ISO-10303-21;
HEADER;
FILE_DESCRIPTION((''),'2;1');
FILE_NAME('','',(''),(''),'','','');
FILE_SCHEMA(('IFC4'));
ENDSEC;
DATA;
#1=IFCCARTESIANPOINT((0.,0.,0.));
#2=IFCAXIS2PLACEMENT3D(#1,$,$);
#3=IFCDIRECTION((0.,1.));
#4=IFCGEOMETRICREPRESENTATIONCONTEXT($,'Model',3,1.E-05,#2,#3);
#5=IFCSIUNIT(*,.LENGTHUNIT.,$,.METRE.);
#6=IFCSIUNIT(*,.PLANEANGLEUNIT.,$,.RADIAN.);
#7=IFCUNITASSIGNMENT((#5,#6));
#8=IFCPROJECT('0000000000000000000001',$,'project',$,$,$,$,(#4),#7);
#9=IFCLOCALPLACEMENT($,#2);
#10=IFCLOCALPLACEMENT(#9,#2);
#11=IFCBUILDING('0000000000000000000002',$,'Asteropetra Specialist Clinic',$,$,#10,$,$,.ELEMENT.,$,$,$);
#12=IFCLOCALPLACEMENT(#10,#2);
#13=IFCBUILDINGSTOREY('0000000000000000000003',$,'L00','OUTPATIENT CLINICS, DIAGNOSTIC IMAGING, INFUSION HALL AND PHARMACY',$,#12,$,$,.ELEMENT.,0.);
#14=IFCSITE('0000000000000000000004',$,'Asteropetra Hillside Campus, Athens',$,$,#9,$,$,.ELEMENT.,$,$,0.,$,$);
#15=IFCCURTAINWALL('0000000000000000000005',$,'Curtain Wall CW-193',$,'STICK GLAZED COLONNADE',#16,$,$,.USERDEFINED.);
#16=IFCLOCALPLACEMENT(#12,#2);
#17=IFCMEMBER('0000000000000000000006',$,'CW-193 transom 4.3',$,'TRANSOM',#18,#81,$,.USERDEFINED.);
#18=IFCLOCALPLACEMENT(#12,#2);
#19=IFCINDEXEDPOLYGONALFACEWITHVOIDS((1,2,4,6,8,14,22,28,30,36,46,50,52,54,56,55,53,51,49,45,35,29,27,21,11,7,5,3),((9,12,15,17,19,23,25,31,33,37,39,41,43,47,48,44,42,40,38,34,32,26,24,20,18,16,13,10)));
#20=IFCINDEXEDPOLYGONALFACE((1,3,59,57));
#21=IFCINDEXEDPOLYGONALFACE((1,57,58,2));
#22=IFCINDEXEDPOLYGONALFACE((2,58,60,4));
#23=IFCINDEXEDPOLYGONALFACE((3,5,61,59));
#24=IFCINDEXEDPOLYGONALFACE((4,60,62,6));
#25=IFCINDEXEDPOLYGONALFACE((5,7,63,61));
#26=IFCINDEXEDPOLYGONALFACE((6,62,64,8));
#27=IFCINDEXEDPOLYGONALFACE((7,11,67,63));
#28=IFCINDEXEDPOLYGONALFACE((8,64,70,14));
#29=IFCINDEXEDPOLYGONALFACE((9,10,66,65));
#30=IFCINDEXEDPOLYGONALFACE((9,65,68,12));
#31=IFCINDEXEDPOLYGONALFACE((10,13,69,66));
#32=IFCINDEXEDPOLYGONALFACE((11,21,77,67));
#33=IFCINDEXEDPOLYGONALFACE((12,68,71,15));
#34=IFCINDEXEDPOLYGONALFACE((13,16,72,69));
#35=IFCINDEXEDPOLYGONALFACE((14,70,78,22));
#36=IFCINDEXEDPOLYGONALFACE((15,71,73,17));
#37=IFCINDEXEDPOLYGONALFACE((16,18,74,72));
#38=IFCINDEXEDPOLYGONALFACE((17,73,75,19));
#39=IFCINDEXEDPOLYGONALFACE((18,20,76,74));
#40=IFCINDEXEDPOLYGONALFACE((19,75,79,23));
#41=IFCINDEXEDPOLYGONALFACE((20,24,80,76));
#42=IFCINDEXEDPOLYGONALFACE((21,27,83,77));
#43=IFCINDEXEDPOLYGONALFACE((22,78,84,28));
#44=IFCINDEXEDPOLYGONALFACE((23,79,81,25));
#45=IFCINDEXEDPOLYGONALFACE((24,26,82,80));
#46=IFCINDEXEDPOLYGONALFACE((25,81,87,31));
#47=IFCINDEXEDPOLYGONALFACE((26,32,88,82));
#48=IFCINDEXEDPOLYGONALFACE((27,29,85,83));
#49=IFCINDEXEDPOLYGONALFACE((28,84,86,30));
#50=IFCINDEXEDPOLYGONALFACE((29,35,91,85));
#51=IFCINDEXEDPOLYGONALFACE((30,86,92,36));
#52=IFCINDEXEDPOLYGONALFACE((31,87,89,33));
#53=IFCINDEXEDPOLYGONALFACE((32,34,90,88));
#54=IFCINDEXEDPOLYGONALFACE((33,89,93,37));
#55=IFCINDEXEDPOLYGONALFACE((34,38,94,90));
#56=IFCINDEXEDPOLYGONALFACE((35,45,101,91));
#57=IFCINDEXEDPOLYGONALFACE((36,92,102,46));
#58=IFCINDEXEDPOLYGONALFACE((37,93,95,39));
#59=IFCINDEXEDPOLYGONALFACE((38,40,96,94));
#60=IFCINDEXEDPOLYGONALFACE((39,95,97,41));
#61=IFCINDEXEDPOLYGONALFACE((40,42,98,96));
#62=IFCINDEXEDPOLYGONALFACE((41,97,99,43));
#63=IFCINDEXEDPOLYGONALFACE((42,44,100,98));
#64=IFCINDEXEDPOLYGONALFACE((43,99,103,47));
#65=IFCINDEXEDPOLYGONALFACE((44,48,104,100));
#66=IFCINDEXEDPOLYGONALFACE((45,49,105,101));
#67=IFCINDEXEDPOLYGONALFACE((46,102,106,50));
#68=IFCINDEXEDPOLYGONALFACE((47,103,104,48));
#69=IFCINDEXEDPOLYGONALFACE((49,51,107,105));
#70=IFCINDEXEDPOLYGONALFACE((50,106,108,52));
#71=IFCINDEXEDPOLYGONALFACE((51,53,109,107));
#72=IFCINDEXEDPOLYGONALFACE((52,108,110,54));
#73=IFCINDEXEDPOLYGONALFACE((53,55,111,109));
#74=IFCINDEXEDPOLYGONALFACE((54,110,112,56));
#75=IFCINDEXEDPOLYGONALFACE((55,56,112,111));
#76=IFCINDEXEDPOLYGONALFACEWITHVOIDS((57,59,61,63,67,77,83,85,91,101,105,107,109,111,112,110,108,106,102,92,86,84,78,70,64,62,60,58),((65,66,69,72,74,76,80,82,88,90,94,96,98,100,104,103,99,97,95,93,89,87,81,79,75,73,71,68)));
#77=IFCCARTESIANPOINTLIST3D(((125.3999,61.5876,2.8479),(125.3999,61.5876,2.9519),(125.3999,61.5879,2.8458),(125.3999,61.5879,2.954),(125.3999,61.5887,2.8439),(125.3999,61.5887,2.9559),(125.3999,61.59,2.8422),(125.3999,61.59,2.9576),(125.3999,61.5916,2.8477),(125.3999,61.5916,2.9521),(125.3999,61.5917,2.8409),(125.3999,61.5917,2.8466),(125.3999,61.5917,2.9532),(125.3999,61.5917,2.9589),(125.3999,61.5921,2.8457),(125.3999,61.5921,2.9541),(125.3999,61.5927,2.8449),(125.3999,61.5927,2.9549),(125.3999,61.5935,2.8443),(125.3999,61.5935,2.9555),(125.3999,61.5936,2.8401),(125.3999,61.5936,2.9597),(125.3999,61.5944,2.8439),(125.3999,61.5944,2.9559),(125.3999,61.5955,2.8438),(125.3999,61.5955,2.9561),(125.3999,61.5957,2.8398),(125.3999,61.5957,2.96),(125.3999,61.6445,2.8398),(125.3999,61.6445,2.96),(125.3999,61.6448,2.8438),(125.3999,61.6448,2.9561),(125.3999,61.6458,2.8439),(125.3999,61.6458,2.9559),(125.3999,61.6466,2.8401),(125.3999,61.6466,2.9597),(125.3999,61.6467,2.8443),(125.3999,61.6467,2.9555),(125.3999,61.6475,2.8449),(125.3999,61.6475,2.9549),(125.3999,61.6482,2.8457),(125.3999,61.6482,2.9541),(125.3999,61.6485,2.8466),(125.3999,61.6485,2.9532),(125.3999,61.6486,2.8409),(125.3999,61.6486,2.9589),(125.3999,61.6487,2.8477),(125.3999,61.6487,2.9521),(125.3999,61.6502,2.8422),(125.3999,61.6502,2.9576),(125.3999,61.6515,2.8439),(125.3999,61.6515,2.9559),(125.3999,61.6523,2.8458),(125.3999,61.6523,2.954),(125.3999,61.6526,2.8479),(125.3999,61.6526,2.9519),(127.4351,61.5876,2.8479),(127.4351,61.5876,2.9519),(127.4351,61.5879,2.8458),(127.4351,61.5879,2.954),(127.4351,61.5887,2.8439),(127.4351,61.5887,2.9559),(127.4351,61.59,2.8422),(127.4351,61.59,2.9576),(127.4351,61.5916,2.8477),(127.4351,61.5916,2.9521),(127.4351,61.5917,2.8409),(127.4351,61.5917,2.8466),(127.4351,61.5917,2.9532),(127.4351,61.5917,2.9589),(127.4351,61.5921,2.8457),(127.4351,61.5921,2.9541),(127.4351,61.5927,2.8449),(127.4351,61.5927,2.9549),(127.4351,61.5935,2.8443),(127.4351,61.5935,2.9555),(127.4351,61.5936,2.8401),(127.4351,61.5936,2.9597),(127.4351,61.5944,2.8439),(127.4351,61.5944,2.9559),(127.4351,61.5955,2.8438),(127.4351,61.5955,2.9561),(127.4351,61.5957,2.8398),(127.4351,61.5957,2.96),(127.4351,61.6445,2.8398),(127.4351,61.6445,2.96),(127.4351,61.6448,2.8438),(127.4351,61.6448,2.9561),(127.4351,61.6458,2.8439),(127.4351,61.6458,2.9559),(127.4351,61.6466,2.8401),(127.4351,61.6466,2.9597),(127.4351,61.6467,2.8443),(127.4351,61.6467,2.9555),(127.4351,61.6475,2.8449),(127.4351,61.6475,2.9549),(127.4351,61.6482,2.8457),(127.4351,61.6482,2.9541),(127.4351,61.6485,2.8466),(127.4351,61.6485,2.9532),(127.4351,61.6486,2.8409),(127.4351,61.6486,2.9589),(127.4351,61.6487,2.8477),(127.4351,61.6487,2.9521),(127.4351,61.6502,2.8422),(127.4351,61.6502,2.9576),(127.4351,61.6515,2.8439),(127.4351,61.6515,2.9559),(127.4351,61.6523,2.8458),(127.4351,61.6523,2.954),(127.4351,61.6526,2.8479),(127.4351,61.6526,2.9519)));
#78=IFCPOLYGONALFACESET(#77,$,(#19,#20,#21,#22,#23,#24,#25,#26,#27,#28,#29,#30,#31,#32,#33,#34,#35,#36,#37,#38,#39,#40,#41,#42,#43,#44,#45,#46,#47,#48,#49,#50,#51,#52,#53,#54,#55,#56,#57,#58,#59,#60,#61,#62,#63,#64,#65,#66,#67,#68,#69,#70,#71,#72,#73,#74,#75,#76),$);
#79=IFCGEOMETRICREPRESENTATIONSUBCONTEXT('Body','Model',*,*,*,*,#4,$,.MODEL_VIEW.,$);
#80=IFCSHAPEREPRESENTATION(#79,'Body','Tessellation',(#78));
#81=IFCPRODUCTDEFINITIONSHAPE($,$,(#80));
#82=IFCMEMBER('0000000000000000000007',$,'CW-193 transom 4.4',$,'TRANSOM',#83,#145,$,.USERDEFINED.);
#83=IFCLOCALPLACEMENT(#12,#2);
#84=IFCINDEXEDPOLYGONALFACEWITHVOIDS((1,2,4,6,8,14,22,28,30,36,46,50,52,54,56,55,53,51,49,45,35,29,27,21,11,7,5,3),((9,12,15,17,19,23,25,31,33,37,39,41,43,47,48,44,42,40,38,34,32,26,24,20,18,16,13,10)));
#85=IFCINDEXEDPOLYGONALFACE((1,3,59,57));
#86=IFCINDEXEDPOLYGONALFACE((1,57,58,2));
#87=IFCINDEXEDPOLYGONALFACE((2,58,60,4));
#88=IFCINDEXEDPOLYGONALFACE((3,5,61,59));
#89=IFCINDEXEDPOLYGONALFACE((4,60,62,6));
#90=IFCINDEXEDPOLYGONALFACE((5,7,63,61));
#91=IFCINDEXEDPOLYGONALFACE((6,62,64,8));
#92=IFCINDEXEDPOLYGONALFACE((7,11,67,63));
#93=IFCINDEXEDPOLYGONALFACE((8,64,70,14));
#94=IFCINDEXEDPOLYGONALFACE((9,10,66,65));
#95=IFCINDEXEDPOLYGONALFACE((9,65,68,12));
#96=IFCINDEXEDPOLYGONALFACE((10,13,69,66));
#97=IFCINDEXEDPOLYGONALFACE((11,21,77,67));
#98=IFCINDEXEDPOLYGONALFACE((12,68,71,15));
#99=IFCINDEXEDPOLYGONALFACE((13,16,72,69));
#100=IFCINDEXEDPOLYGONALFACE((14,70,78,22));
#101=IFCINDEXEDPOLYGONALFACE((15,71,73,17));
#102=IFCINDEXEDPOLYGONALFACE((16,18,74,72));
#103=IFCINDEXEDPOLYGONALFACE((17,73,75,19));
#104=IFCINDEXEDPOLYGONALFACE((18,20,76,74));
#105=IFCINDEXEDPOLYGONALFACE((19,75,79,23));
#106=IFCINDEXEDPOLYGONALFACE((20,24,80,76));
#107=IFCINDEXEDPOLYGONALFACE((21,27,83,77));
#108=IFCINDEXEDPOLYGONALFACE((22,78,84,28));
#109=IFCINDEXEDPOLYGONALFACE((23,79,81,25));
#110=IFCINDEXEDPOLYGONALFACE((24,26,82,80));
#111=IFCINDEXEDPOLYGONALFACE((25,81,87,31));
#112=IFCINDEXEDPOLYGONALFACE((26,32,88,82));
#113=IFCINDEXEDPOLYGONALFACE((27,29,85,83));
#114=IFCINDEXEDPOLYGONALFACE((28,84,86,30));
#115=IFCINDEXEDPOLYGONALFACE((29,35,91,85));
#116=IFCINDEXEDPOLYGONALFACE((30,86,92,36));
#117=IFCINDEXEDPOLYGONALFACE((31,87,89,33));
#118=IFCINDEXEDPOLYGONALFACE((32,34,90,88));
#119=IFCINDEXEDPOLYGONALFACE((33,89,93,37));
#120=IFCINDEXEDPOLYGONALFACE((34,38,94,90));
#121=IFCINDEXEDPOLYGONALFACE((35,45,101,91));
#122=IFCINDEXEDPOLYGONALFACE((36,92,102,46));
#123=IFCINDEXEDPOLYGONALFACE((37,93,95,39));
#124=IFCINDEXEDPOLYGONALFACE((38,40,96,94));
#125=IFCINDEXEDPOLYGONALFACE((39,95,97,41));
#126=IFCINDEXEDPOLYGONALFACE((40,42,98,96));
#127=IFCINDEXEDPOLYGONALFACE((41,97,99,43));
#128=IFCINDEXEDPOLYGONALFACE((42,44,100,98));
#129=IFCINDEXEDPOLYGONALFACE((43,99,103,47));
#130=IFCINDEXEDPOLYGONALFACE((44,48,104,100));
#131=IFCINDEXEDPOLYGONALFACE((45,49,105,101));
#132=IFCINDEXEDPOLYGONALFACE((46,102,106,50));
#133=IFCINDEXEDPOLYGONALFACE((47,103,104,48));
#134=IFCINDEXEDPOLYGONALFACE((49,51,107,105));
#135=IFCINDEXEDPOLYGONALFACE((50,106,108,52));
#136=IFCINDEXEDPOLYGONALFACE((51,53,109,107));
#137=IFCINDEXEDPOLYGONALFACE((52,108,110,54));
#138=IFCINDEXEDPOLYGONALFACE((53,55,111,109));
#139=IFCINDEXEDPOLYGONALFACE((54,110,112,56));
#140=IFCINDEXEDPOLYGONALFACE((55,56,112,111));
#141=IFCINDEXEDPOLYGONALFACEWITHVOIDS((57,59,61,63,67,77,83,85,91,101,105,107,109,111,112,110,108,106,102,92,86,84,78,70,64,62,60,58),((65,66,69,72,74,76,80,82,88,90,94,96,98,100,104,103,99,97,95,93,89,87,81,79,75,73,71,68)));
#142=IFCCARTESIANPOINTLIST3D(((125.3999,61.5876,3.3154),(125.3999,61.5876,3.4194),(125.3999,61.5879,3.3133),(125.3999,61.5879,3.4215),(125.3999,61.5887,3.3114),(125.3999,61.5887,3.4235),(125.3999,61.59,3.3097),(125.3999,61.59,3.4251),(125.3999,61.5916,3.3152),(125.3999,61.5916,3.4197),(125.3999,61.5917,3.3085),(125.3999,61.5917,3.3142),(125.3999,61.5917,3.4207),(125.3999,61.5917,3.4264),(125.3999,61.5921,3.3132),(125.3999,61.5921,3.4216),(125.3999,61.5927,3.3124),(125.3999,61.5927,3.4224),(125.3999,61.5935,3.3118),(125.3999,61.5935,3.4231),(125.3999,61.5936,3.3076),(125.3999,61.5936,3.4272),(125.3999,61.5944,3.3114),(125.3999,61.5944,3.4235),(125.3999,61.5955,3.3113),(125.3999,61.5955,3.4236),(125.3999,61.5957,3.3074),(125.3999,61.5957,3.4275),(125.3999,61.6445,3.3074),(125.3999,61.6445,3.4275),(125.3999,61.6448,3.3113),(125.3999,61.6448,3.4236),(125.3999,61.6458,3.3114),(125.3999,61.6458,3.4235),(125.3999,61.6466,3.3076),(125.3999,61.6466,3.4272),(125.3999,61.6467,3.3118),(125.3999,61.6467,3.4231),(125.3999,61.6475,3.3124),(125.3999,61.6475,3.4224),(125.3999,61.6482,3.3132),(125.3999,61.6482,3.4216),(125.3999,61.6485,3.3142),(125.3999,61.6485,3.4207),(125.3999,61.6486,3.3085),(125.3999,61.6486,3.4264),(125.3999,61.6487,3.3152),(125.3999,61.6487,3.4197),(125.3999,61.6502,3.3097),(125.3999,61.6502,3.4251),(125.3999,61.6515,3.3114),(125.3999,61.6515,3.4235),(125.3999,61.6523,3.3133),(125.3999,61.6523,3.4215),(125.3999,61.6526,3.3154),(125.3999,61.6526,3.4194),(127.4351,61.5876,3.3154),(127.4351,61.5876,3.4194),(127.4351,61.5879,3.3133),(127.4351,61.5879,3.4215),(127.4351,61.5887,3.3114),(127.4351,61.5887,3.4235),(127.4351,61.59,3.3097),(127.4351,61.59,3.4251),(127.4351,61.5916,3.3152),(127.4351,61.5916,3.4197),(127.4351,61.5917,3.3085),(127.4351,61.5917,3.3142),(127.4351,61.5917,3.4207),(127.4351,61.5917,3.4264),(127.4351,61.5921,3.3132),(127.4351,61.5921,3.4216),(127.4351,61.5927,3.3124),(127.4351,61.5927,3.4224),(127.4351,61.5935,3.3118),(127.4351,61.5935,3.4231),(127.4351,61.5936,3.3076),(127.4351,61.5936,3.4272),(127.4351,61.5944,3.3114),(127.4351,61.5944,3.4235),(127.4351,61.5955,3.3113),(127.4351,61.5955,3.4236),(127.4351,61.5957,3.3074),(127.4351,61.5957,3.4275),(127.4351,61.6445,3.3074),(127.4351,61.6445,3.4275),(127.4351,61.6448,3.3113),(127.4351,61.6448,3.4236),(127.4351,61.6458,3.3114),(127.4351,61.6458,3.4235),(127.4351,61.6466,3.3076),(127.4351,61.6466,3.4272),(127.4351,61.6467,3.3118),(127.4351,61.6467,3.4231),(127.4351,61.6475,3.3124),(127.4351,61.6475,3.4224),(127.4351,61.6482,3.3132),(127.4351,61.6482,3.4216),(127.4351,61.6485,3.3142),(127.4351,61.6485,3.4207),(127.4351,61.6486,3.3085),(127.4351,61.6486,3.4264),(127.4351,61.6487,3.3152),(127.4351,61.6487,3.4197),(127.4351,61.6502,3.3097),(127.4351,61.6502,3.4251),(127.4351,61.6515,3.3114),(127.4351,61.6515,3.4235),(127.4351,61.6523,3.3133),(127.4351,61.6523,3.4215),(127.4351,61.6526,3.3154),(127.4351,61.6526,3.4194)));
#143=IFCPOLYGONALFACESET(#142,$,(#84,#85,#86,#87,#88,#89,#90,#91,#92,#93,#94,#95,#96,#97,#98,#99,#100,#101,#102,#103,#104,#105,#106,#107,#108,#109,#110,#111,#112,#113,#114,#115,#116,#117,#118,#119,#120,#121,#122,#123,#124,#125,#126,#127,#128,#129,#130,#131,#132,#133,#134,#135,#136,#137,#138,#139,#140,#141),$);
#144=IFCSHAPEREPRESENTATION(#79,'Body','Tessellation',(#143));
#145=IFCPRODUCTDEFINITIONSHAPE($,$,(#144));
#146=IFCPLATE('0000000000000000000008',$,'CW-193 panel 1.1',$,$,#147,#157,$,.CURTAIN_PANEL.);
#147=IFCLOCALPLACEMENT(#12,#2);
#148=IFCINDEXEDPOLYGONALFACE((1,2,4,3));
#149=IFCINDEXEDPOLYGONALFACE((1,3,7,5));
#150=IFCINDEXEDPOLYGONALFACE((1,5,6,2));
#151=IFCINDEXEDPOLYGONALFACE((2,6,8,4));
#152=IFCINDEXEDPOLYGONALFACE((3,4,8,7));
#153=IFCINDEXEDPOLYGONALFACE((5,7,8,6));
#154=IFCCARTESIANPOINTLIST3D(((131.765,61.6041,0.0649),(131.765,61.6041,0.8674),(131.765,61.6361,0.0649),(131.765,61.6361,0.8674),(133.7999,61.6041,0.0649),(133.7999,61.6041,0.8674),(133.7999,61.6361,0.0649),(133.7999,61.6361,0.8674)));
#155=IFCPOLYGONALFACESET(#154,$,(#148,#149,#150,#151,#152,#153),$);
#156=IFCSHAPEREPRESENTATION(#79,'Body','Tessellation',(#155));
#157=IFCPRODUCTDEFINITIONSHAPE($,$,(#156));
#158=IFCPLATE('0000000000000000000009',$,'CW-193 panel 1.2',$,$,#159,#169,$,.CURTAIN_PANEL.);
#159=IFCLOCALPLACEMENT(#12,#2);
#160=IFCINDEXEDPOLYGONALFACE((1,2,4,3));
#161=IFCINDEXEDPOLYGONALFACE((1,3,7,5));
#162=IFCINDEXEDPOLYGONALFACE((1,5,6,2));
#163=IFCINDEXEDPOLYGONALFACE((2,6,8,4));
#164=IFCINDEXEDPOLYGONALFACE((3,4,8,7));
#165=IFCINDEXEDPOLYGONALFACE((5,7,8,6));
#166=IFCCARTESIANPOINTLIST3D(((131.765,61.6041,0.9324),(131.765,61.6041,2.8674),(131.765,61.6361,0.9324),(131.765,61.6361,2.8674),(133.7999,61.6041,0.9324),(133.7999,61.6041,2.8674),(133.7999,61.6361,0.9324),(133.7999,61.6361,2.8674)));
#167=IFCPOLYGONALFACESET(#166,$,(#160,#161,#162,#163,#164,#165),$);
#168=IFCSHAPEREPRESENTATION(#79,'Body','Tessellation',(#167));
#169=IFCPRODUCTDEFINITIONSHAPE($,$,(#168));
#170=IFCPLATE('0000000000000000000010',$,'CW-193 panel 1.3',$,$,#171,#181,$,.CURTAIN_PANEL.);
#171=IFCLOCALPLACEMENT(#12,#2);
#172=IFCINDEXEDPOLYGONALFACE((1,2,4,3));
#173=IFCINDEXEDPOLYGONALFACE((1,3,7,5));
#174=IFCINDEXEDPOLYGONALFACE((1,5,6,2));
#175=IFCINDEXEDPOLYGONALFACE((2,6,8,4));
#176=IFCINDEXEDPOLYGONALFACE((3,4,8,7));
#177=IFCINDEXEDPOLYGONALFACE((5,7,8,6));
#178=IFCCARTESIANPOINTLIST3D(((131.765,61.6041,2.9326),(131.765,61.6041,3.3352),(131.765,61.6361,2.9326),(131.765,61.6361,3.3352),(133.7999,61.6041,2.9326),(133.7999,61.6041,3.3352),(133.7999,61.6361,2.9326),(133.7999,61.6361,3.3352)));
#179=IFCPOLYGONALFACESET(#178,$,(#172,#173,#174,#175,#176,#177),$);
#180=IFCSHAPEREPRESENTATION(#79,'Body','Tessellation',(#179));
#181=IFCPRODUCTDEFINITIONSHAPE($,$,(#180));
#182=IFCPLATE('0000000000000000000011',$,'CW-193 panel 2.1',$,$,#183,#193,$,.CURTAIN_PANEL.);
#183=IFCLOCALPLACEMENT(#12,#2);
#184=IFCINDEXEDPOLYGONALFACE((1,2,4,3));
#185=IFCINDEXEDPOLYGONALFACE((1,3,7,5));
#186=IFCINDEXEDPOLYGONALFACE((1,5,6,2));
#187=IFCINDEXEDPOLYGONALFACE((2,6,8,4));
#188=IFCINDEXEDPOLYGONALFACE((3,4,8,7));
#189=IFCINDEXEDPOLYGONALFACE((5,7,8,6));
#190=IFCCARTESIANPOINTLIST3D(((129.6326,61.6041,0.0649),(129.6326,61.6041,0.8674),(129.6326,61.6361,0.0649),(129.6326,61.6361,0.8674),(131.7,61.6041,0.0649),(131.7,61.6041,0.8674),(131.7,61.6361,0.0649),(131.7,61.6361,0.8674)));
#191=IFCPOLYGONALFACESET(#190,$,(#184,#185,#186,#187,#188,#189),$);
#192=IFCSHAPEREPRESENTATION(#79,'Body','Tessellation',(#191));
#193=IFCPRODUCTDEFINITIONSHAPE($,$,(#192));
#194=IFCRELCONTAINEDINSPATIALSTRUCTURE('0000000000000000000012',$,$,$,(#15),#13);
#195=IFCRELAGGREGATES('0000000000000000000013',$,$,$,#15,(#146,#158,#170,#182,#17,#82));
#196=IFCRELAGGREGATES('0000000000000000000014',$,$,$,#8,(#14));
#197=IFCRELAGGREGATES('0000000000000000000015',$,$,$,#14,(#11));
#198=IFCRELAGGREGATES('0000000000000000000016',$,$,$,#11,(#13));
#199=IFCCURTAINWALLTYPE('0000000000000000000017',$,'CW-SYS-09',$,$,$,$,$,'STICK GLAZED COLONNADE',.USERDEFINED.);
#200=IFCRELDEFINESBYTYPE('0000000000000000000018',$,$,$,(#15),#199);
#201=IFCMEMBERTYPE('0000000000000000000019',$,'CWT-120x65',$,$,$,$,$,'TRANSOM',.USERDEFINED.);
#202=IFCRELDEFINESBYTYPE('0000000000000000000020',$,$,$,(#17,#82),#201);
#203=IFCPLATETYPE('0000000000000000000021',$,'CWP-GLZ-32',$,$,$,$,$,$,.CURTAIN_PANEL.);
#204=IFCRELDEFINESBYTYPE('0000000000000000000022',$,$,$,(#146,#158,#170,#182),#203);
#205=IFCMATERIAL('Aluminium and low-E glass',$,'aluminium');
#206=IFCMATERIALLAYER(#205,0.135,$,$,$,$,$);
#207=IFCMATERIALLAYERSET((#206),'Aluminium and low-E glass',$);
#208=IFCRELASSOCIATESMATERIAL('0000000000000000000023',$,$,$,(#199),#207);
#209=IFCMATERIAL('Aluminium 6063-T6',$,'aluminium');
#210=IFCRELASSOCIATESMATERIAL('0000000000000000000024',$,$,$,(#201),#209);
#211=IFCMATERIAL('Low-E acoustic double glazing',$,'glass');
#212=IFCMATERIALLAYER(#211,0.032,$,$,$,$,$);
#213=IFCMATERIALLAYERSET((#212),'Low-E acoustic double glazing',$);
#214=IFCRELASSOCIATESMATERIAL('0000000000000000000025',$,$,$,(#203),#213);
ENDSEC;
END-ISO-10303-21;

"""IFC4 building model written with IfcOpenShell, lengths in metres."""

from ifc_helpers import new_model, si_unit, direction, frame, origin, origin_2d, place, context, subcontext, project, spatial, rectangle, hollow_rectangle, extrude, material, layer, layer_set, material_profile, profile_set, type_object, element, aggregate, save


model = new_model("IFC4")

# Units and contexts
model_context = context("Model", 3, precision=1e-05, world=origin(), true_north=direction((0.0, 1.0)))
body_context = subcontext(model_context, "Body", "Model", "MODEL_VIEW")
ifc_project = project(units=[si_unit("LENGTHUNIT", "METRE"), si_unit("PLANEANGLEUNIT", "RADIAN")], contexts=[model_context])

# Site, building, storey
site_placement = place(None, origin())
site = spatial("IfcSite", under=ifc_project, at=site_placement, Name="Asteropetra Hillside Campus, Athens", CompositionType="ELEMENT", RefElevation=0.0)
building_placement = place(site_placement, origin())
building = spatial("IfcBuilding", under=site, at=building_placement, Name="Asteropetra Specialist Clinic", CompositionType="ELEMENT")
storey_placement = place(building_placement, origin())
storey = spatial("IfcBuildingStorey", under=building, at=storey_placement, Name="L00", Description="OUTPATIENT CLINICS, DIAGNOSTIC IMAGING, INFUSION HALL AND PHARMACY", CompositionType="ELEMENT", Elevation=0.0)

# Curtain wall, members, plates
ifc_material_1 = material(Name="Aluminium and low-E glass", Category="aluminium")
ifc_layer_1 = layer(ifc_material_1, 0.135)
ifc_layer_set_1 = layer_set([ifc_layer_1], Name="Aluminium and low-E glass")
curtain_wall_type = type_object("IfcCurtainWallType", Name="CW-SYS-09", ElementType="STICK GLAZED COLONNADE", PredefinedType="USERDEFINED", material=ifc_layer_set_1)
curtain_wall_placement = place(storey_placement, origin())
curtain_wall = element("IfcCurtainWall", 1, at=curtain_wall_placement, inside=storey, type_object=curtain_wall_type, Name="Curtain Wall CW-193", ObjectType="STICK GLAZED COLONNADE", PredefinedType="USERDEFINED")
ifc_material_2 = material(Name="Aluminium 6063-T6", Category="aluminium")
ifc_material_profile_1 = material_profile(ifc_material_2, hollow_rectangle(XDim=0.0649, YDim=0.1201, WallThickness=0.0039, InnerFilletRadius=0.0039, OuterFilletRadius=0.0081, at=origin_2d()), Name="TRN 120x65x4.0")
ifc_profile_set_1 = profile_set([ifc_material_profile_1], Name="Aluminium 6063-T6")
member_type_1 = type_object("IfcMemberType", Name="CWT-120x65", ElementType="TRANSOM", PredefinedType="USERDEFINED", material=ifc_profile_set_1)
member_1_placement = place(storey_placement, frame((127.4351, 61.6201, 2.8999), z_axis=(-1.0, 0.0, 0.0), x_axis=(0.0, -1.0, 0.0)))
member_1 = element("IfcMember", 2, at=member_1_placement, type_object=member_type_1, Name="CW-193 transom 4.3", ObjectType="TRANSOM", PredefinedType="USERDEFINED", context=body_context, shape_type="SweptSolid", body=[
    extrude(hollow_rectangle(XDim=0.0649, YDim=0.1201, WallThickness=0.0039, InnerFilletRadius=0.0039, OuterFilletRadius=0.0081, at=origin_2d()), origin(), (0.0, 0.0, 1.0), 2.0352),
])
member_2_placement = place(storey_placement, frame((127.4351, 61.6201, 3.3674), z_axis=(-1.0, 0.0, 0.0), x_axis=(0.0, -1.0, 0.0)))
member_2 = element("IfcMember", 3, at=member_2_placement, type_object=member_type_1, Name="CW-193 transom 4.4", ObjectType="TRANSOM", PredefinedType="USERDEFINED", context=body_context, shape_type="SweptSolid", body=[
    extrude(hollow_rectangle(XDim=0.0649, YDim=0.1201, WallThickness=0.0039, InnerFilletRadius=0.0039, OuterFilletRadius=0.0081, at=origin_2d()), origin(), (0.0, 0.0, 1.0), 2.0352),
])
ifc_material_3 = material(Name="Low-E acoustic double glazing", Category="glass")
ifc_layer_2 = layer(ifc_material_3, 0.032)
ifc_layer_set_2 = layer_set([ifc_layer_2], Name="Low-E acoustic double glazing")
plate_type = type_object("IfcPlateType", Name="CWP-GLZ-32", PredefinedType="CURTAIN_PANEL", material=ifc_layer_set_2)
plate_1_placement = place(storey_placement, frame((132.7825, 61.6201, 0.0649), z_axis=(0.0, 0.0, 1.0), x_axis=(-1.0, 0.0, 0.0)))
plate_1 = element("IfcPlate", 4, at=plate_1_placement, type_object=plate_type, Name="CW-193 panel 1.1", PredefinedType="CURTAIN_PANEL", context=body_context, shape_type="SweptSolid", body=[
    extrude(rectangle(XDim=2.0349, YDim=0.032, at=origin_2d()), origin(), (0.0, 0.0, 1.0), 0.8025),
])
plate_2_placement = place(storey_placement, frame((132.7825, 61.6201, 0.9324), z_axis=(0.0, 0.0, 1.0), x_axis=(-1.0, 0.0, 0.0)))
plate_2 = element("IfcPlate", 5, at=plate_2_placement, type_object=plate_type, Name="CW-193 panel 1.2", PredefinedType="CURTAIN_PANEL", context=body_context, shape_type="SweptSolid", body=[
    extrude(rectangle(XDim=2.0349, YDim=0.032, at=origin_2d()), origin(), (0.0, 0.0, 1.0), 1.9351),
])
plate_3_placement = place(storey_placement, frame((132.7825, 61.6201, 2.9326), z_axis=(0.0, 0.0, 1.0), x_axis=(-1.0, 0.0, 0.0)))
plate_3 = element("IfcPlate", 6, at=plate_3_placement, type_object=plate_type, Name="CW-193 panel 1.3", PredefinedType="CURTAIN_PANEL", context=body_context, shape_type="SweptSolid", body=[
    extrude(rectangle(XDim=2.0349, YDim=0.032, at=origin_2d()), origin(), (0.0, 0.0, 1.0), 0.4026),
])
plate_4_placement = place(storey_placement, frame((130.6663, 61.6201, 0.0649), z_axis=(0.0, 0.0, 1.0), x_axis=(-1.0, 0.0, 0.0)))
plate_4 = element("IfcPlate", 7, at=plate_4_placement, type_object=plate_type, Name="CW-193 panel 2.1", PredefinedType="CURTAIN_PANEL", context=body_context, shape_type="SweptSolid", body=[
    extrude(rectangle(XDim=2.0674, YDim=0.032, at=origin_2d()), origin(), (0.0, 0.0, 1.0), 0.8025),
])
aggregate(curtain_wall, [plate_1, plate_2, plate_3, plate_4, member_1, member_2])

save(model, "model.ifc")
